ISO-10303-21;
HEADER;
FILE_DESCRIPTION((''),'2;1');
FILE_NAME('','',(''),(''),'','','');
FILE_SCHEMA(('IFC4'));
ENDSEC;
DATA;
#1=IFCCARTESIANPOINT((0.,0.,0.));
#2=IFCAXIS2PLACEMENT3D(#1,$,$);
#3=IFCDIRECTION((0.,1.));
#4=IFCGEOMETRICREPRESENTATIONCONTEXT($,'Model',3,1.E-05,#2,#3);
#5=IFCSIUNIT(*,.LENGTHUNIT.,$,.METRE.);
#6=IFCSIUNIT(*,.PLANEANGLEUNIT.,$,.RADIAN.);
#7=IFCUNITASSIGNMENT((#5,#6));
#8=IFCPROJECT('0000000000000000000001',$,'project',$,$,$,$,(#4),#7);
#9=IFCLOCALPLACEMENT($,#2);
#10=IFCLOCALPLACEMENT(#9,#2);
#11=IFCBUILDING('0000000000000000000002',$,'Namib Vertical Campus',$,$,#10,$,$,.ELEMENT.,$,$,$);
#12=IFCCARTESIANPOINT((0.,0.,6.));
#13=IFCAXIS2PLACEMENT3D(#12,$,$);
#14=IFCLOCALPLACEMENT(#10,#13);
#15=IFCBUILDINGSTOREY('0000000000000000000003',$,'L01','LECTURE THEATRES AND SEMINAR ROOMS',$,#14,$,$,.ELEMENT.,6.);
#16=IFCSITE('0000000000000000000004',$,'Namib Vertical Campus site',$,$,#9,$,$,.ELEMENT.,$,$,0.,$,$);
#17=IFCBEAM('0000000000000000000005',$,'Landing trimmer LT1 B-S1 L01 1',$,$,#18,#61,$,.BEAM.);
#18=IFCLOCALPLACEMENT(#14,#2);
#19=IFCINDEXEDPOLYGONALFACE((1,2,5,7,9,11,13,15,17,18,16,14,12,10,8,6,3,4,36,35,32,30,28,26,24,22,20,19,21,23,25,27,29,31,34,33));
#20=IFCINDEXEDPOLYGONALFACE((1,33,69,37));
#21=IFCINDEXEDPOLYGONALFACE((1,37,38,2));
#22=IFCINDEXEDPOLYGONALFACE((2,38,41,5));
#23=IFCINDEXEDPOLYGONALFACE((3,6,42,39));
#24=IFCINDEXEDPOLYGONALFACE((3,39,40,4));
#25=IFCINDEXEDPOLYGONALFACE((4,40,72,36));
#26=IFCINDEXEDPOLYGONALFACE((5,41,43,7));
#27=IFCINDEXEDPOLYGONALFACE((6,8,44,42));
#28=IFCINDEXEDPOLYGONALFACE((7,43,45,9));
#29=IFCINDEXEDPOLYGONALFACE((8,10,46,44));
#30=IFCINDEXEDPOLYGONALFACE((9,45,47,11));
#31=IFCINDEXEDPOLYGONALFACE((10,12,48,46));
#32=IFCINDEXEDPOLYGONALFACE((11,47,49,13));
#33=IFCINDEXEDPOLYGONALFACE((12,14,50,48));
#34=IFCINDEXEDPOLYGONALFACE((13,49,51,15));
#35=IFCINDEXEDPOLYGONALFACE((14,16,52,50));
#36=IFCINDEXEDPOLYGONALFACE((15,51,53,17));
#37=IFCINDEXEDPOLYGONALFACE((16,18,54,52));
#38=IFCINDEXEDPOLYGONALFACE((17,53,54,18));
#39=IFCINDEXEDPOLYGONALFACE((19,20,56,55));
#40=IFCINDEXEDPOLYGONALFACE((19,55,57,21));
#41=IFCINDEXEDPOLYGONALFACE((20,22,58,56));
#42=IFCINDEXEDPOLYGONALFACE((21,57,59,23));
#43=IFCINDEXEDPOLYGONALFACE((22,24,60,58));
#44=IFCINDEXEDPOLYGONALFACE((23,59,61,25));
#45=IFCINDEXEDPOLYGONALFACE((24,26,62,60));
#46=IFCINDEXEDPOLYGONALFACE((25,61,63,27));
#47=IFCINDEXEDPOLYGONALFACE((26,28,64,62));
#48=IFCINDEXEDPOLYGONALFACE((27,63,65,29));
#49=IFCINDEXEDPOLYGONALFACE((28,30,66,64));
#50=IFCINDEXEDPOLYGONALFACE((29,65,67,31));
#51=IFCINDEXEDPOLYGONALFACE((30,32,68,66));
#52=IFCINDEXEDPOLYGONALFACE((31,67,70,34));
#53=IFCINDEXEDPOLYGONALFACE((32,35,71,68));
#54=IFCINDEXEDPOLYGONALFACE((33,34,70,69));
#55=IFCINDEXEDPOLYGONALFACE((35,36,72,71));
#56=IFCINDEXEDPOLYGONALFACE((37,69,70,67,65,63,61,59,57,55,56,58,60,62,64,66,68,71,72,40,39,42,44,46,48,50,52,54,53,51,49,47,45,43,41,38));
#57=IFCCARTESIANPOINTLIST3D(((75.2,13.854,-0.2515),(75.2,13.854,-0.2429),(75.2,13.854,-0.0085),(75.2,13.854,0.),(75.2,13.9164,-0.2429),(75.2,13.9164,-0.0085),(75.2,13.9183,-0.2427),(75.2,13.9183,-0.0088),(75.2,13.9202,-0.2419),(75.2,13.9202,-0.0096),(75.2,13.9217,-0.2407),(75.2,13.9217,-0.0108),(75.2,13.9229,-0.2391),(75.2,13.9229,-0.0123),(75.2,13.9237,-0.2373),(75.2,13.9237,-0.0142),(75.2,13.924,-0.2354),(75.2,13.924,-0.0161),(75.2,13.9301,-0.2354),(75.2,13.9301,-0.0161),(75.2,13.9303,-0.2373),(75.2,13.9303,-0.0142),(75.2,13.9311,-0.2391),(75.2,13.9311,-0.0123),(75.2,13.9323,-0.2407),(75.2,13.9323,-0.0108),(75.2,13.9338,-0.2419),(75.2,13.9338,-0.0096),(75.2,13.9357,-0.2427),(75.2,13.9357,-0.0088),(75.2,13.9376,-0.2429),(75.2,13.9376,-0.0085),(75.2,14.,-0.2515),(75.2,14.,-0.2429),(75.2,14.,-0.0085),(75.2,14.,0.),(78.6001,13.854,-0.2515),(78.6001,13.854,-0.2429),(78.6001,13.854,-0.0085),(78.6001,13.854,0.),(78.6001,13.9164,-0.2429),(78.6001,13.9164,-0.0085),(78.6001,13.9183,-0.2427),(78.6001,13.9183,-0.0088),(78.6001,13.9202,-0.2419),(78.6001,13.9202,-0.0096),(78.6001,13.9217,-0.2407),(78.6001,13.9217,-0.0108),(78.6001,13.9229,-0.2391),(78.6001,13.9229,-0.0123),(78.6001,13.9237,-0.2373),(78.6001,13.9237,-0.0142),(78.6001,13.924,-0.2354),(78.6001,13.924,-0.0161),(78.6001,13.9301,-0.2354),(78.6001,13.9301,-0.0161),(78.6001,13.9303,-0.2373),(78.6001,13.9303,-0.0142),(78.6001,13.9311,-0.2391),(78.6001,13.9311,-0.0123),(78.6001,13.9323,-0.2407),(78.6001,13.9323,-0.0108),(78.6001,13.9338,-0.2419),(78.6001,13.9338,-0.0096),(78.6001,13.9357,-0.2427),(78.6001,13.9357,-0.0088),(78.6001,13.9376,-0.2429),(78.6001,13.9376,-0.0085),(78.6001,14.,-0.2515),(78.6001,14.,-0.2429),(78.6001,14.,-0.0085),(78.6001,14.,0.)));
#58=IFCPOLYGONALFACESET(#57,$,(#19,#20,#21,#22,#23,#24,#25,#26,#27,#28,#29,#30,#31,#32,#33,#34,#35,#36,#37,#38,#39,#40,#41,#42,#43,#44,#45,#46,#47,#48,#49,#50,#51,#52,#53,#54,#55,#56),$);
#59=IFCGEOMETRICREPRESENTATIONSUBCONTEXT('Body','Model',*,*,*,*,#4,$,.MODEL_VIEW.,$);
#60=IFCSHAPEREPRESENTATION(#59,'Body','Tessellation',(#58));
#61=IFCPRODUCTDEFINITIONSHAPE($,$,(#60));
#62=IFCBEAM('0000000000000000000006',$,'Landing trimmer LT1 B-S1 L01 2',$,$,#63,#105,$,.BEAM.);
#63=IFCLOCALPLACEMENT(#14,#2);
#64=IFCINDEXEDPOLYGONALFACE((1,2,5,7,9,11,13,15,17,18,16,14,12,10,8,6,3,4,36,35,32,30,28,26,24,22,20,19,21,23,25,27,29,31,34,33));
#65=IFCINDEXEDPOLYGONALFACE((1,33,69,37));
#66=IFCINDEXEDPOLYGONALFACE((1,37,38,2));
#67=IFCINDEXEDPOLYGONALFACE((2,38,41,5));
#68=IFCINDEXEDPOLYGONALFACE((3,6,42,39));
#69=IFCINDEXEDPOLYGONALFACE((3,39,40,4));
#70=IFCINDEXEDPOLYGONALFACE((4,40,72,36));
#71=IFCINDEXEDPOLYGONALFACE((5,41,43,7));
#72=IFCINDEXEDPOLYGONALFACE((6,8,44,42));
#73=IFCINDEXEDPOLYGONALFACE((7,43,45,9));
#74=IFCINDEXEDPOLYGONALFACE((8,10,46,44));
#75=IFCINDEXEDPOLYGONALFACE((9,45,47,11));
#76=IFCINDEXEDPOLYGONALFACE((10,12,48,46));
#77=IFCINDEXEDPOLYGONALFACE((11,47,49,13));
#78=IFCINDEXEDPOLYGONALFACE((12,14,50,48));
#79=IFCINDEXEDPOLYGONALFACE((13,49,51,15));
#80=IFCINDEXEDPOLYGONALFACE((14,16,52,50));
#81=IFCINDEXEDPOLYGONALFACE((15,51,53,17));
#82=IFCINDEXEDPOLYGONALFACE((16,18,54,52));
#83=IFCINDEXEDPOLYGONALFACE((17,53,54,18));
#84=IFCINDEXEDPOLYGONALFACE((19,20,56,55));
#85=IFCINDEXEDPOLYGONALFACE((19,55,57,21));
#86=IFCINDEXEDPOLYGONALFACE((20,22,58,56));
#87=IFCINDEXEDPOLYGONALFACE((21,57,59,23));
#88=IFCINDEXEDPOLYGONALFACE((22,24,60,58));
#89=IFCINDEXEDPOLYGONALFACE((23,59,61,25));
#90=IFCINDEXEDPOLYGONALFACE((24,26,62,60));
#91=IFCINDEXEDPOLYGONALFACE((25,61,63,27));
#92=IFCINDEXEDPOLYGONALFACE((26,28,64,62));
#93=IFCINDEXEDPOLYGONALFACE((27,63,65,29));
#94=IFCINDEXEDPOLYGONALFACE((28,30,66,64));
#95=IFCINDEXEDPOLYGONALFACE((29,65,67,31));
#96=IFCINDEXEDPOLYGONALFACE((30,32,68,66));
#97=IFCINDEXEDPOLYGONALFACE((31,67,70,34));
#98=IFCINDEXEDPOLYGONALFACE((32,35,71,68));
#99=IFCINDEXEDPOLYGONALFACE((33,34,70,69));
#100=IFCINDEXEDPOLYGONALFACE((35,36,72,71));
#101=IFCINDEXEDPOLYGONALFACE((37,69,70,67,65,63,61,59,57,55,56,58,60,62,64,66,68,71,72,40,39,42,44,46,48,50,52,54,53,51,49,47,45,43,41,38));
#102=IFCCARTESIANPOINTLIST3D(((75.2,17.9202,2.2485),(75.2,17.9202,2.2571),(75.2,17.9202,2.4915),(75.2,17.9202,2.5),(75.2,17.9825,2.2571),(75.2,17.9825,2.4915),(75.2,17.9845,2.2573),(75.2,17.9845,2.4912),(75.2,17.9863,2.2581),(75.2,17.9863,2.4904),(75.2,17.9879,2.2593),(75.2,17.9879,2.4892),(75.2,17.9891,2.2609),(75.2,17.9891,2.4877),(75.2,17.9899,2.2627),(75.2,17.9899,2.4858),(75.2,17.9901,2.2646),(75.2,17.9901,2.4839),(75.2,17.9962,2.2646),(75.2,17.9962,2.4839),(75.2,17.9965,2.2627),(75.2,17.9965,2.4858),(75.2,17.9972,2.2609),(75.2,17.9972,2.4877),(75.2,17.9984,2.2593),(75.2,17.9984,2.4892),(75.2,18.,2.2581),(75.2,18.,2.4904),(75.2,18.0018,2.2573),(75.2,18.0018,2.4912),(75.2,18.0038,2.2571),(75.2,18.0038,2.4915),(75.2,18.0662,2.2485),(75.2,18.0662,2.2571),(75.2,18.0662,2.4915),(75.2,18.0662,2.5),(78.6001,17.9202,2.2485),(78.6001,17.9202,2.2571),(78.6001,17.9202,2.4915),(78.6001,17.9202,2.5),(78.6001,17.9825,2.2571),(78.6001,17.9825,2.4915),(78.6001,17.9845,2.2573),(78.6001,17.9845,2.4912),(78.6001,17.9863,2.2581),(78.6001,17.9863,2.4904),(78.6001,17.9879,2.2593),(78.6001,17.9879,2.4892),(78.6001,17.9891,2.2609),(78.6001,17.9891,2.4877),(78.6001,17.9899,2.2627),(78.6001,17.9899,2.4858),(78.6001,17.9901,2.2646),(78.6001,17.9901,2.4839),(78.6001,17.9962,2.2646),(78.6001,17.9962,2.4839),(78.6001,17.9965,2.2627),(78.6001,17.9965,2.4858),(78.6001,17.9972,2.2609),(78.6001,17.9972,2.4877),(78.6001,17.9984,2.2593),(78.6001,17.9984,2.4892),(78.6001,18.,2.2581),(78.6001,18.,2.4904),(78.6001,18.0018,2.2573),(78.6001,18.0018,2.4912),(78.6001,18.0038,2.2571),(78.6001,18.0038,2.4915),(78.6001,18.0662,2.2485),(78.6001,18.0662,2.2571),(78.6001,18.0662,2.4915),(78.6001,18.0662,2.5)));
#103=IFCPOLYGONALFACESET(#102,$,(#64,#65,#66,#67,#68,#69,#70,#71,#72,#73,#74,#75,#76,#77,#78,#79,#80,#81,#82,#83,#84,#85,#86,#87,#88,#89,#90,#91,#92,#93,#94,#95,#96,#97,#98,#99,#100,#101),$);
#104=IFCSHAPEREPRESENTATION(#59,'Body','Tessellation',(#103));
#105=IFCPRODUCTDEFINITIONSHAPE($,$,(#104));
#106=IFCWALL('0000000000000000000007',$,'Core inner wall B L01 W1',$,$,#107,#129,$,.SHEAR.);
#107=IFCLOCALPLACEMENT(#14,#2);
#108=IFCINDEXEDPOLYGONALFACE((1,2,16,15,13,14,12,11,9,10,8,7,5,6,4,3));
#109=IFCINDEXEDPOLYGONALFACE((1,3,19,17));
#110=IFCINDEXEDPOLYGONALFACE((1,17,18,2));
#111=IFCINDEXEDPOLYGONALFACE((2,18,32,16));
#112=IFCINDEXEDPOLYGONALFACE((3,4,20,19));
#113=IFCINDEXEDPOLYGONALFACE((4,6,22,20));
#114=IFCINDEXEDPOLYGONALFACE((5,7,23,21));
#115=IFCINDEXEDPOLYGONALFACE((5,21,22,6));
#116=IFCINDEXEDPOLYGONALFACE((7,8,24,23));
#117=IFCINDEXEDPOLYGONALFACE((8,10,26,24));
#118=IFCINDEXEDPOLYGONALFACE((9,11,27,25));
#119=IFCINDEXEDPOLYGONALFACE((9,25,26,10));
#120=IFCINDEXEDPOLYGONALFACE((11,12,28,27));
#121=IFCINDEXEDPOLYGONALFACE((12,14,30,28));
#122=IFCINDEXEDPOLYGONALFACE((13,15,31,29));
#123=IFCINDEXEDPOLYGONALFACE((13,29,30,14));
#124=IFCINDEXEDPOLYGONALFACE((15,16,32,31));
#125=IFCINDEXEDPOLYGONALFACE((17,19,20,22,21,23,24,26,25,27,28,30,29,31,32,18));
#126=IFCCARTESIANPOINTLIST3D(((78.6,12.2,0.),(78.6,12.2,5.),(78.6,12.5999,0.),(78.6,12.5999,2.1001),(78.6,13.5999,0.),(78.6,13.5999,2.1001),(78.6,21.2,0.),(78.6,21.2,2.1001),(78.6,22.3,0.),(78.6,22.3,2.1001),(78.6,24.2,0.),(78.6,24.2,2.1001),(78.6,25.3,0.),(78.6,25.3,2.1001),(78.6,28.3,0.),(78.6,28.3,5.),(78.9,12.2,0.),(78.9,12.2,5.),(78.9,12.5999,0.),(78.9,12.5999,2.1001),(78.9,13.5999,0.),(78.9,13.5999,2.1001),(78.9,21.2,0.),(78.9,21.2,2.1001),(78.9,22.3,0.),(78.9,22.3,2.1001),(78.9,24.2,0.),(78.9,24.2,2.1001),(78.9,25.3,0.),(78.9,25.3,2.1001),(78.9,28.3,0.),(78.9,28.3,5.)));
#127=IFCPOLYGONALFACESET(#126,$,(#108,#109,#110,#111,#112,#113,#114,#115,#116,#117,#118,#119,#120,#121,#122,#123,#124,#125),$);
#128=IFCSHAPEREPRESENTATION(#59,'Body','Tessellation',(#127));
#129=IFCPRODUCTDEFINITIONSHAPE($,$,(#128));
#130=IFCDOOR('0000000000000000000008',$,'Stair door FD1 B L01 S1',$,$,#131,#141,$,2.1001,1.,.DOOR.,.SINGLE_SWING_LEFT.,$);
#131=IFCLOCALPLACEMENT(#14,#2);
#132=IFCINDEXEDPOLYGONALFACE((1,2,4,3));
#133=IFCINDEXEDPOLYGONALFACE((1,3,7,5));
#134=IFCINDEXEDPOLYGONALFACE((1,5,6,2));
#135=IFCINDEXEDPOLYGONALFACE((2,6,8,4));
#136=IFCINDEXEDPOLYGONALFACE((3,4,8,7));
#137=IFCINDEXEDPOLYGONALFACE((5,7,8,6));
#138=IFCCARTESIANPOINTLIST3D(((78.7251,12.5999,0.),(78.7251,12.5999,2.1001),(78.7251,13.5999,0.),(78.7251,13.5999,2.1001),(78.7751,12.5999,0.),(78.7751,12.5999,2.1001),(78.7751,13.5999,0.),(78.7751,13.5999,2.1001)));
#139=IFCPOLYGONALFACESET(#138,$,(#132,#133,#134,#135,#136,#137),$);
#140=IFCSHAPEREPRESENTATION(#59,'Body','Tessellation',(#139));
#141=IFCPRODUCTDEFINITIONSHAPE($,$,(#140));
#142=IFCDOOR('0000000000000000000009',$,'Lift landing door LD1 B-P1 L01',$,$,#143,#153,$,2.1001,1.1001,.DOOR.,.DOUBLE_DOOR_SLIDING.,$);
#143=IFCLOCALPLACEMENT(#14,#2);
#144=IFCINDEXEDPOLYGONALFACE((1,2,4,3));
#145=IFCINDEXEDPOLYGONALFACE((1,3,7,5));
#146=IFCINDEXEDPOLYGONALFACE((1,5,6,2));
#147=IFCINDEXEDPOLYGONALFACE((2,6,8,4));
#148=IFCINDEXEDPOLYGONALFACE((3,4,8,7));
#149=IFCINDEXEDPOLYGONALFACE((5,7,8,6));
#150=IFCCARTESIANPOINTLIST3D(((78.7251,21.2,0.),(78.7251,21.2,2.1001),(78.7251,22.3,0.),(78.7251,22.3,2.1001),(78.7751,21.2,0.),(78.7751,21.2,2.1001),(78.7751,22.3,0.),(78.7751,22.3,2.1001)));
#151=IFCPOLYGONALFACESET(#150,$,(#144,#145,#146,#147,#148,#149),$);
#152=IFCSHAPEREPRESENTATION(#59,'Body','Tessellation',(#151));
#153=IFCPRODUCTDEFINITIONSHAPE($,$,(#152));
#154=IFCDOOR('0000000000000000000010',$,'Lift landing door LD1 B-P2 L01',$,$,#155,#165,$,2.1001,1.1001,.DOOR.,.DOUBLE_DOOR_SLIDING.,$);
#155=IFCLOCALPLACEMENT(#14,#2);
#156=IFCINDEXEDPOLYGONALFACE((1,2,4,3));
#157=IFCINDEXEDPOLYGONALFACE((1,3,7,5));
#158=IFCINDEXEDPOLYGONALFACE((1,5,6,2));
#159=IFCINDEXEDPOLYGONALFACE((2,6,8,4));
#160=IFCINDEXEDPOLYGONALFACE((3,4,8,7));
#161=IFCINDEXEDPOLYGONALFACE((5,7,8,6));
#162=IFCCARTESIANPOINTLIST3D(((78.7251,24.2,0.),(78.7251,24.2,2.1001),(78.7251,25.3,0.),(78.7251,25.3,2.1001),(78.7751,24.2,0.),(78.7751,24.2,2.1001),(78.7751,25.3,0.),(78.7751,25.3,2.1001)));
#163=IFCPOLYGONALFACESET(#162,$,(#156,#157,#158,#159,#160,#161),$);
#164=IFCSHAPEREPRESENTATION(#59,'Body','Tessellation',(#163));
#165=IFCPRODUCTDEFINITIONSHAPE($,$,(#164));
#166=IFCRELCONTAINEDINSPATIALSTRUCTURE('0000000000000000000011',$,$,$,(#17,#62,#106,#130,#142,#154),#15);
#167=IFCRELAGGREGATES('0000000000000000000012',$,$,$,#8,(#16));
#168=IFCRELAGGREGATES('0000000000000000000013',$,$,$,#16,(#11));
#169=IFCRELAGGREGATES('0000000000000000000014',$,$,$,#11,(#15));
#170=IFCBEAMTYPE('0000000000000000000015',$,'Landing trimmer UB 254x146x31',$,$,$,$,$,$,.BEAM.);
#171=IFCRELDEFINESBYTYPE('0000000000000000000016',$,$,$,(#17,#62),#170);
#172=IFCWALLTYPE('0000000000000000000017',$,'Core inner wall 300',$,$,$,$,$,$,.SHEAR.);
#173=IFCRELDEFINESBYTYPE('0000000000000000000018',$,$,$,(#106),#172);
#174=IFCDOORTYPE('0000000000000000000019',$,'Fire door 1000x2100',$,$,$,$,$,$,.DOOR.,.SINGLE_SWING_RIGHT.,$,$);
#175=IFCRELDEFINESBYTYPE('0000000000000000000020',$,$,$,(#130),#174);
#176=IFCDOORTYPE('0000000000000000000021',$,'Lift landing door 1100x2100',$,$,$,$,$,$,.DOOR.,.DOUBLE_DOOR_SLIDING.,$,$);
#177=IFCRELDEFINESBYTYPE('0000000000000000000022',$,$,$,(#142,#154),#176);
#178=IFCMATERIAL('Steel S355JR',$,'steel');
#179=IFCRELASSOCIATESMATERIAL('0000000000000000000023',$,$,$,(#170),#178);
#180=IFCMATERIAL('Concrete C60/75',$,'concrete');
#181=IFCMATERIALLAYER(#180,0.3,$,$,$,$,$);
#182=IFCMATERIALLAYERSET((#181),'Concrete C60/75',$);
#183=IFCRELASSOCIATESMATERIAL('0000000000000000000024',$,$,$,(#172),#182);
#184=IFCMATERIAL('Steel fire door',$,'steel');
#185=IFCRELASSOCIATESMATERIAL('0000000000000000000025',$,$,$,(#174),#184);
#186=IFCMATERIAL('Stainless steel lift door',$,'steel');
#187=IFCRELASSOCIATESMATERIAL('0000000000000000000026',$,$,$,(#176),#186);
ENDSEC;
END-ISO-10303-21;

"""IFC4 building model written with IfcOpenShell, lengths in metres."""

from ifc_helpers import new_model, si_unit, direction, frame, frame_2d, origin, origin_2d, place, context, subcontext, project, spatial, rectangle, i_section, extrude, material, layer, layer_set, material_profile, profile_set, type_object, element, fill, save


model = new_model("IFC4")

# Units and contexts
model_context = context("Model", 3, precision=1e-05, world=origin(), true_north=direction((0.0, 1.0)))
body_context = subcontext(model_context, "Body", "Model", "MODEL_VIEW")
ifc_project = project(units=[si_unit("LENGTHUNIT", "METRE"), si_unit("PLANEANGLEUNIT", "RADIAN")], contexts=[model_context])

# Site, building, storey
site_placement = place(None, origin())
site = spatial("IfcSite", under=ifc_project, at=site_placement, Name="Namib Vertical Campus site", CompositionType="ELEMENT", RefElevation=0.0)
building_placement = place(site_placement, origin())
building = spatial("IfcBuilding", under=site, at=building_placement, Name="Namib Vertical Campus", CompositionType="ELEMENT")
storey_placement = place(building_placement, frame((0.0, 0.0, 6.0)))
storey = spatial("IfcBuildingStorey", under=building, at=storey_placement, Name="L01", Description="LECTURE THEATRES AND SEMINAR ROOMS", CompositionType="ELEMENT", Elevation=6.0)

# Beams
ifc_material_1 = material(Name="Steel S355JR", Category="steel")
ifc_material_profile = material_profile(ifc_material_1, i_section(OverallWidth=0.146, OverallDepth=0.2515, WebThickness=0.0061, FlangeThickness=0.0085, FilletRadius=0.0076, at=origin_2d()))
ifc_profile_set = profile_set([ifc_material_profile], Name="Steel S355JR")
beam_type = type_object("IfcBeamType", Name="Landing trimmer UB 254x146x31", PredefinedType="BEAM", material=ifc_profile_set)
for number, where, z_axis, x_axis, name in (
    (1, (75.2, 13.927, -0.1257), (1.0, 0.0, 0.0), (0.0, 1.0, 0.0), "Landing trimmer LT1 B-S1 L01 1"),
    (2, (75.2, 17.9932, 2.3743), (1.0, 0.0, 0.0), (0.0, 1.0, 0.0), "Landing trimmer LT1 B-S1 L01 2"),
):
    element("IfcBeam", number, at=place(storey_placement, frame(where, z_axis=z_axis, x_axis=x_axis)), inside=storey, type_object=beam_type, Name=name, PredefinedType="BEAM", context=body_context, shape_type="SweptSolid", body=[
        extrude(i_section(OverallWidth=0.146, OverallDepth=0.2515, WebThickness=0.0061, FlangeThickness=0.0085, FilletRadius=0.0076, at=origin_2d()), origin(), (0.0, 0.0, 1.0), 3.4001),
    ])

# Wall, openings, doors
ifc_material_2 = material(Name="Concrete C60/75", Category="concrete")
ifc_layer_1 = layer(ifc_material_2, 0.3)
ifc_layer_set_1 = layer_set([ifc_layer_1], Name="Concrete C60/75")
wall_type_1 = type_object("IfcWallType", Name="Core inner wall 300", PredefinedType="SHEAR", material=ifc_layer_set_1)
wall_1_placement = place(storey_placement, frame((78.75, 12.2, 0.0), z_axis=(0.0, 0.0, 1.0), x_axis=(0.0, 1.0, 0.0)))
wall_1 = element("IfcWall", 3, at=wall_1_placement, inside=storey, type_object=wall_type_1, Name="Core inner wall B L01 W1", PredefinedType="SHEAR", context=body_context, shape_type="SweptSolid", body=[
    extrude(rectangle(XDim=16.1001, YDim=0.3, at=frame_2d((8.05, 0.0))), origin(), (0.0, 0.0, 1.0), 5.0),
])
opening_1_placement = place(wall_1_placement, frame((0.3999, 0.0, 0.0)))
opening_1 = element("IfcOpeningElement", 4, at=opening_1_placement, cuts=wall_1, PredefinedType="OPENING", context=body_context, shape_type="SweptSolid", body=[
    extrude(rectangle(XDim=1.0, YDim=2.1001, at=frame_2d((0.5, 1.05))), frame((0.0, 0.1599, 0.0), z_axis=(0.0, -1.0, 0.0), x_axis=(1.0, 0.0, 0.0)), (0.0, 0.0, 1.0), 0.3201),
])
opening_2_placement = place(wall_1_placement, frame((9.0, 0.0, 0.0)))
opening_2 = element("IfcOpeningElement", 5, at=opening_2_placement, cuts=wall_1, PredefinedType="OPENING", context=body_context, shape_type="SweptSolid", body=[
    extrude(rectangle(XDim=1.1001, YDim=2.1001, at=frame_2d((0.55, 1.05))), frame((0.0, 0.1599, 0.0), z_axis=(0.0, -1.0, 0.0), x_axis=(1.0, 0.0, 0.0)), (0.0, 0.0, 1.0), 0.3201),
])
opening_3_placement = place(wall_1_placement, frame((12.0, 0.0, 0.0)))
opening_3 = element("IfcOpeningElement", 6, at=opening_3_placement, cuts=wall_1, PredefinedType="OPENING", context=body_context, shape_type="SweptSolid", body=[
    extrude(rectangle(XDim=1.1001, YDim=2.1001, at=frame_2d((0.55, 1.05))), frame((0.0, 0.1599, 0.0), z_axis=(0.0, -1.0, 0.0), x_axis=(1.0, 0.0, 0.0)), (0.0, 0.0, 1.0), 0.3201),
])
ifc_material_3 = material(Name="Steel fire door", Category="steel")
door_type_1 = type_object("IfcDoorType", Name="Fire door 1000x2100", OperationType="SINGLE_SWING_RIGHT", PredefinedType="DOOR", material=ifc_material_3)
door_1_placement = place(opening_1_placement, origin())
door_1 = element("IfcDoor", 7, at=door_1_placement, inside=storey, type_object=door_type_1, Name="Stair door FD1 B L01 S1", OperationType="SINGLE_SWING_LEFT", OverallHeight=2.1001, OverallWidth=1.0, PredefinedType="DOOR", context=body_context, shape_type="SweptSolid", body=[
    extrude(rectangle(XDim=1.0, YDim=2.1001, at=frame_2d((0.5, 1.05))), frame((0.0, 0.0249, 0.0), z_axis=(0.0, -1.0, 0.0), x_axis=(1.0, 0.0, 0.0)), (0.0, 0.0, 1.0), 0.05),
])
fill(opening_1, door_1)
ifc_material_4 = material(Name="Stainless steel lift door", Category="steel")
door_type_2 = type_object("IfcDoorType", Name="Lift landing door 1100x2100", OperationType="DOUBLE_DOOR_SLIDING", PredefinedType="DOOR", material=ifc_material_4)
door_2_placement = place(opening_2_placement, origin())
door_2 = element("IfcDoor", 8, at=door_2_placement, inside=storey, type_object=door_type_2, Name="Lift landing door LD1 B-P1 L01", OperationType="DOUBLE_DOOR_SLIDING", OverallHeight=2.1001, OverallWidth=1.1001, PredefinedType="DOOR", context=body_context, shape_type="SweptSolid", body=[
    extrude(rectangle(XDim=1.1001, YDim=2.1001, at=frame_2d((0.55, 1.05))), frame((0.0, 0.0249, 0.0), z_axis=(0.0, -1.0, 0.0), x_axis=(1.0, 0.0, 0.0)), (0.0, 0.0, 1.0), 0.05),
])
fill(opening_2, door_2)
door_3_placement = place(opening_3_placement, origin())
door_3 = element("IfcDoor", 9, at=door_3_placement, inside=storey, type_object=door_type_2, Name="Lift landing door LD1 B-P2 L01", OperationType="DOUBLE_DOOR_SLIDING", OverallHeight=2.1001, OverallWidth=1.1001, PredefinedType="DOOR", context=body_context, shape_type="SweptSolid", body=[
    extrude(rectangle(XDim=1.1001, YDim=2.1001, at=frame_2d((0.55, 1.05))), frame((0.0, 0.0249, 0.0), z_axis=(0.0, -1.0, 0.0), x_axis=(1.0, 0.0, 0.0)), (0.0, 0.0, 1.0), 0.05),
])
fill(opening_3, door_3)

save(model, "model.ifc")
